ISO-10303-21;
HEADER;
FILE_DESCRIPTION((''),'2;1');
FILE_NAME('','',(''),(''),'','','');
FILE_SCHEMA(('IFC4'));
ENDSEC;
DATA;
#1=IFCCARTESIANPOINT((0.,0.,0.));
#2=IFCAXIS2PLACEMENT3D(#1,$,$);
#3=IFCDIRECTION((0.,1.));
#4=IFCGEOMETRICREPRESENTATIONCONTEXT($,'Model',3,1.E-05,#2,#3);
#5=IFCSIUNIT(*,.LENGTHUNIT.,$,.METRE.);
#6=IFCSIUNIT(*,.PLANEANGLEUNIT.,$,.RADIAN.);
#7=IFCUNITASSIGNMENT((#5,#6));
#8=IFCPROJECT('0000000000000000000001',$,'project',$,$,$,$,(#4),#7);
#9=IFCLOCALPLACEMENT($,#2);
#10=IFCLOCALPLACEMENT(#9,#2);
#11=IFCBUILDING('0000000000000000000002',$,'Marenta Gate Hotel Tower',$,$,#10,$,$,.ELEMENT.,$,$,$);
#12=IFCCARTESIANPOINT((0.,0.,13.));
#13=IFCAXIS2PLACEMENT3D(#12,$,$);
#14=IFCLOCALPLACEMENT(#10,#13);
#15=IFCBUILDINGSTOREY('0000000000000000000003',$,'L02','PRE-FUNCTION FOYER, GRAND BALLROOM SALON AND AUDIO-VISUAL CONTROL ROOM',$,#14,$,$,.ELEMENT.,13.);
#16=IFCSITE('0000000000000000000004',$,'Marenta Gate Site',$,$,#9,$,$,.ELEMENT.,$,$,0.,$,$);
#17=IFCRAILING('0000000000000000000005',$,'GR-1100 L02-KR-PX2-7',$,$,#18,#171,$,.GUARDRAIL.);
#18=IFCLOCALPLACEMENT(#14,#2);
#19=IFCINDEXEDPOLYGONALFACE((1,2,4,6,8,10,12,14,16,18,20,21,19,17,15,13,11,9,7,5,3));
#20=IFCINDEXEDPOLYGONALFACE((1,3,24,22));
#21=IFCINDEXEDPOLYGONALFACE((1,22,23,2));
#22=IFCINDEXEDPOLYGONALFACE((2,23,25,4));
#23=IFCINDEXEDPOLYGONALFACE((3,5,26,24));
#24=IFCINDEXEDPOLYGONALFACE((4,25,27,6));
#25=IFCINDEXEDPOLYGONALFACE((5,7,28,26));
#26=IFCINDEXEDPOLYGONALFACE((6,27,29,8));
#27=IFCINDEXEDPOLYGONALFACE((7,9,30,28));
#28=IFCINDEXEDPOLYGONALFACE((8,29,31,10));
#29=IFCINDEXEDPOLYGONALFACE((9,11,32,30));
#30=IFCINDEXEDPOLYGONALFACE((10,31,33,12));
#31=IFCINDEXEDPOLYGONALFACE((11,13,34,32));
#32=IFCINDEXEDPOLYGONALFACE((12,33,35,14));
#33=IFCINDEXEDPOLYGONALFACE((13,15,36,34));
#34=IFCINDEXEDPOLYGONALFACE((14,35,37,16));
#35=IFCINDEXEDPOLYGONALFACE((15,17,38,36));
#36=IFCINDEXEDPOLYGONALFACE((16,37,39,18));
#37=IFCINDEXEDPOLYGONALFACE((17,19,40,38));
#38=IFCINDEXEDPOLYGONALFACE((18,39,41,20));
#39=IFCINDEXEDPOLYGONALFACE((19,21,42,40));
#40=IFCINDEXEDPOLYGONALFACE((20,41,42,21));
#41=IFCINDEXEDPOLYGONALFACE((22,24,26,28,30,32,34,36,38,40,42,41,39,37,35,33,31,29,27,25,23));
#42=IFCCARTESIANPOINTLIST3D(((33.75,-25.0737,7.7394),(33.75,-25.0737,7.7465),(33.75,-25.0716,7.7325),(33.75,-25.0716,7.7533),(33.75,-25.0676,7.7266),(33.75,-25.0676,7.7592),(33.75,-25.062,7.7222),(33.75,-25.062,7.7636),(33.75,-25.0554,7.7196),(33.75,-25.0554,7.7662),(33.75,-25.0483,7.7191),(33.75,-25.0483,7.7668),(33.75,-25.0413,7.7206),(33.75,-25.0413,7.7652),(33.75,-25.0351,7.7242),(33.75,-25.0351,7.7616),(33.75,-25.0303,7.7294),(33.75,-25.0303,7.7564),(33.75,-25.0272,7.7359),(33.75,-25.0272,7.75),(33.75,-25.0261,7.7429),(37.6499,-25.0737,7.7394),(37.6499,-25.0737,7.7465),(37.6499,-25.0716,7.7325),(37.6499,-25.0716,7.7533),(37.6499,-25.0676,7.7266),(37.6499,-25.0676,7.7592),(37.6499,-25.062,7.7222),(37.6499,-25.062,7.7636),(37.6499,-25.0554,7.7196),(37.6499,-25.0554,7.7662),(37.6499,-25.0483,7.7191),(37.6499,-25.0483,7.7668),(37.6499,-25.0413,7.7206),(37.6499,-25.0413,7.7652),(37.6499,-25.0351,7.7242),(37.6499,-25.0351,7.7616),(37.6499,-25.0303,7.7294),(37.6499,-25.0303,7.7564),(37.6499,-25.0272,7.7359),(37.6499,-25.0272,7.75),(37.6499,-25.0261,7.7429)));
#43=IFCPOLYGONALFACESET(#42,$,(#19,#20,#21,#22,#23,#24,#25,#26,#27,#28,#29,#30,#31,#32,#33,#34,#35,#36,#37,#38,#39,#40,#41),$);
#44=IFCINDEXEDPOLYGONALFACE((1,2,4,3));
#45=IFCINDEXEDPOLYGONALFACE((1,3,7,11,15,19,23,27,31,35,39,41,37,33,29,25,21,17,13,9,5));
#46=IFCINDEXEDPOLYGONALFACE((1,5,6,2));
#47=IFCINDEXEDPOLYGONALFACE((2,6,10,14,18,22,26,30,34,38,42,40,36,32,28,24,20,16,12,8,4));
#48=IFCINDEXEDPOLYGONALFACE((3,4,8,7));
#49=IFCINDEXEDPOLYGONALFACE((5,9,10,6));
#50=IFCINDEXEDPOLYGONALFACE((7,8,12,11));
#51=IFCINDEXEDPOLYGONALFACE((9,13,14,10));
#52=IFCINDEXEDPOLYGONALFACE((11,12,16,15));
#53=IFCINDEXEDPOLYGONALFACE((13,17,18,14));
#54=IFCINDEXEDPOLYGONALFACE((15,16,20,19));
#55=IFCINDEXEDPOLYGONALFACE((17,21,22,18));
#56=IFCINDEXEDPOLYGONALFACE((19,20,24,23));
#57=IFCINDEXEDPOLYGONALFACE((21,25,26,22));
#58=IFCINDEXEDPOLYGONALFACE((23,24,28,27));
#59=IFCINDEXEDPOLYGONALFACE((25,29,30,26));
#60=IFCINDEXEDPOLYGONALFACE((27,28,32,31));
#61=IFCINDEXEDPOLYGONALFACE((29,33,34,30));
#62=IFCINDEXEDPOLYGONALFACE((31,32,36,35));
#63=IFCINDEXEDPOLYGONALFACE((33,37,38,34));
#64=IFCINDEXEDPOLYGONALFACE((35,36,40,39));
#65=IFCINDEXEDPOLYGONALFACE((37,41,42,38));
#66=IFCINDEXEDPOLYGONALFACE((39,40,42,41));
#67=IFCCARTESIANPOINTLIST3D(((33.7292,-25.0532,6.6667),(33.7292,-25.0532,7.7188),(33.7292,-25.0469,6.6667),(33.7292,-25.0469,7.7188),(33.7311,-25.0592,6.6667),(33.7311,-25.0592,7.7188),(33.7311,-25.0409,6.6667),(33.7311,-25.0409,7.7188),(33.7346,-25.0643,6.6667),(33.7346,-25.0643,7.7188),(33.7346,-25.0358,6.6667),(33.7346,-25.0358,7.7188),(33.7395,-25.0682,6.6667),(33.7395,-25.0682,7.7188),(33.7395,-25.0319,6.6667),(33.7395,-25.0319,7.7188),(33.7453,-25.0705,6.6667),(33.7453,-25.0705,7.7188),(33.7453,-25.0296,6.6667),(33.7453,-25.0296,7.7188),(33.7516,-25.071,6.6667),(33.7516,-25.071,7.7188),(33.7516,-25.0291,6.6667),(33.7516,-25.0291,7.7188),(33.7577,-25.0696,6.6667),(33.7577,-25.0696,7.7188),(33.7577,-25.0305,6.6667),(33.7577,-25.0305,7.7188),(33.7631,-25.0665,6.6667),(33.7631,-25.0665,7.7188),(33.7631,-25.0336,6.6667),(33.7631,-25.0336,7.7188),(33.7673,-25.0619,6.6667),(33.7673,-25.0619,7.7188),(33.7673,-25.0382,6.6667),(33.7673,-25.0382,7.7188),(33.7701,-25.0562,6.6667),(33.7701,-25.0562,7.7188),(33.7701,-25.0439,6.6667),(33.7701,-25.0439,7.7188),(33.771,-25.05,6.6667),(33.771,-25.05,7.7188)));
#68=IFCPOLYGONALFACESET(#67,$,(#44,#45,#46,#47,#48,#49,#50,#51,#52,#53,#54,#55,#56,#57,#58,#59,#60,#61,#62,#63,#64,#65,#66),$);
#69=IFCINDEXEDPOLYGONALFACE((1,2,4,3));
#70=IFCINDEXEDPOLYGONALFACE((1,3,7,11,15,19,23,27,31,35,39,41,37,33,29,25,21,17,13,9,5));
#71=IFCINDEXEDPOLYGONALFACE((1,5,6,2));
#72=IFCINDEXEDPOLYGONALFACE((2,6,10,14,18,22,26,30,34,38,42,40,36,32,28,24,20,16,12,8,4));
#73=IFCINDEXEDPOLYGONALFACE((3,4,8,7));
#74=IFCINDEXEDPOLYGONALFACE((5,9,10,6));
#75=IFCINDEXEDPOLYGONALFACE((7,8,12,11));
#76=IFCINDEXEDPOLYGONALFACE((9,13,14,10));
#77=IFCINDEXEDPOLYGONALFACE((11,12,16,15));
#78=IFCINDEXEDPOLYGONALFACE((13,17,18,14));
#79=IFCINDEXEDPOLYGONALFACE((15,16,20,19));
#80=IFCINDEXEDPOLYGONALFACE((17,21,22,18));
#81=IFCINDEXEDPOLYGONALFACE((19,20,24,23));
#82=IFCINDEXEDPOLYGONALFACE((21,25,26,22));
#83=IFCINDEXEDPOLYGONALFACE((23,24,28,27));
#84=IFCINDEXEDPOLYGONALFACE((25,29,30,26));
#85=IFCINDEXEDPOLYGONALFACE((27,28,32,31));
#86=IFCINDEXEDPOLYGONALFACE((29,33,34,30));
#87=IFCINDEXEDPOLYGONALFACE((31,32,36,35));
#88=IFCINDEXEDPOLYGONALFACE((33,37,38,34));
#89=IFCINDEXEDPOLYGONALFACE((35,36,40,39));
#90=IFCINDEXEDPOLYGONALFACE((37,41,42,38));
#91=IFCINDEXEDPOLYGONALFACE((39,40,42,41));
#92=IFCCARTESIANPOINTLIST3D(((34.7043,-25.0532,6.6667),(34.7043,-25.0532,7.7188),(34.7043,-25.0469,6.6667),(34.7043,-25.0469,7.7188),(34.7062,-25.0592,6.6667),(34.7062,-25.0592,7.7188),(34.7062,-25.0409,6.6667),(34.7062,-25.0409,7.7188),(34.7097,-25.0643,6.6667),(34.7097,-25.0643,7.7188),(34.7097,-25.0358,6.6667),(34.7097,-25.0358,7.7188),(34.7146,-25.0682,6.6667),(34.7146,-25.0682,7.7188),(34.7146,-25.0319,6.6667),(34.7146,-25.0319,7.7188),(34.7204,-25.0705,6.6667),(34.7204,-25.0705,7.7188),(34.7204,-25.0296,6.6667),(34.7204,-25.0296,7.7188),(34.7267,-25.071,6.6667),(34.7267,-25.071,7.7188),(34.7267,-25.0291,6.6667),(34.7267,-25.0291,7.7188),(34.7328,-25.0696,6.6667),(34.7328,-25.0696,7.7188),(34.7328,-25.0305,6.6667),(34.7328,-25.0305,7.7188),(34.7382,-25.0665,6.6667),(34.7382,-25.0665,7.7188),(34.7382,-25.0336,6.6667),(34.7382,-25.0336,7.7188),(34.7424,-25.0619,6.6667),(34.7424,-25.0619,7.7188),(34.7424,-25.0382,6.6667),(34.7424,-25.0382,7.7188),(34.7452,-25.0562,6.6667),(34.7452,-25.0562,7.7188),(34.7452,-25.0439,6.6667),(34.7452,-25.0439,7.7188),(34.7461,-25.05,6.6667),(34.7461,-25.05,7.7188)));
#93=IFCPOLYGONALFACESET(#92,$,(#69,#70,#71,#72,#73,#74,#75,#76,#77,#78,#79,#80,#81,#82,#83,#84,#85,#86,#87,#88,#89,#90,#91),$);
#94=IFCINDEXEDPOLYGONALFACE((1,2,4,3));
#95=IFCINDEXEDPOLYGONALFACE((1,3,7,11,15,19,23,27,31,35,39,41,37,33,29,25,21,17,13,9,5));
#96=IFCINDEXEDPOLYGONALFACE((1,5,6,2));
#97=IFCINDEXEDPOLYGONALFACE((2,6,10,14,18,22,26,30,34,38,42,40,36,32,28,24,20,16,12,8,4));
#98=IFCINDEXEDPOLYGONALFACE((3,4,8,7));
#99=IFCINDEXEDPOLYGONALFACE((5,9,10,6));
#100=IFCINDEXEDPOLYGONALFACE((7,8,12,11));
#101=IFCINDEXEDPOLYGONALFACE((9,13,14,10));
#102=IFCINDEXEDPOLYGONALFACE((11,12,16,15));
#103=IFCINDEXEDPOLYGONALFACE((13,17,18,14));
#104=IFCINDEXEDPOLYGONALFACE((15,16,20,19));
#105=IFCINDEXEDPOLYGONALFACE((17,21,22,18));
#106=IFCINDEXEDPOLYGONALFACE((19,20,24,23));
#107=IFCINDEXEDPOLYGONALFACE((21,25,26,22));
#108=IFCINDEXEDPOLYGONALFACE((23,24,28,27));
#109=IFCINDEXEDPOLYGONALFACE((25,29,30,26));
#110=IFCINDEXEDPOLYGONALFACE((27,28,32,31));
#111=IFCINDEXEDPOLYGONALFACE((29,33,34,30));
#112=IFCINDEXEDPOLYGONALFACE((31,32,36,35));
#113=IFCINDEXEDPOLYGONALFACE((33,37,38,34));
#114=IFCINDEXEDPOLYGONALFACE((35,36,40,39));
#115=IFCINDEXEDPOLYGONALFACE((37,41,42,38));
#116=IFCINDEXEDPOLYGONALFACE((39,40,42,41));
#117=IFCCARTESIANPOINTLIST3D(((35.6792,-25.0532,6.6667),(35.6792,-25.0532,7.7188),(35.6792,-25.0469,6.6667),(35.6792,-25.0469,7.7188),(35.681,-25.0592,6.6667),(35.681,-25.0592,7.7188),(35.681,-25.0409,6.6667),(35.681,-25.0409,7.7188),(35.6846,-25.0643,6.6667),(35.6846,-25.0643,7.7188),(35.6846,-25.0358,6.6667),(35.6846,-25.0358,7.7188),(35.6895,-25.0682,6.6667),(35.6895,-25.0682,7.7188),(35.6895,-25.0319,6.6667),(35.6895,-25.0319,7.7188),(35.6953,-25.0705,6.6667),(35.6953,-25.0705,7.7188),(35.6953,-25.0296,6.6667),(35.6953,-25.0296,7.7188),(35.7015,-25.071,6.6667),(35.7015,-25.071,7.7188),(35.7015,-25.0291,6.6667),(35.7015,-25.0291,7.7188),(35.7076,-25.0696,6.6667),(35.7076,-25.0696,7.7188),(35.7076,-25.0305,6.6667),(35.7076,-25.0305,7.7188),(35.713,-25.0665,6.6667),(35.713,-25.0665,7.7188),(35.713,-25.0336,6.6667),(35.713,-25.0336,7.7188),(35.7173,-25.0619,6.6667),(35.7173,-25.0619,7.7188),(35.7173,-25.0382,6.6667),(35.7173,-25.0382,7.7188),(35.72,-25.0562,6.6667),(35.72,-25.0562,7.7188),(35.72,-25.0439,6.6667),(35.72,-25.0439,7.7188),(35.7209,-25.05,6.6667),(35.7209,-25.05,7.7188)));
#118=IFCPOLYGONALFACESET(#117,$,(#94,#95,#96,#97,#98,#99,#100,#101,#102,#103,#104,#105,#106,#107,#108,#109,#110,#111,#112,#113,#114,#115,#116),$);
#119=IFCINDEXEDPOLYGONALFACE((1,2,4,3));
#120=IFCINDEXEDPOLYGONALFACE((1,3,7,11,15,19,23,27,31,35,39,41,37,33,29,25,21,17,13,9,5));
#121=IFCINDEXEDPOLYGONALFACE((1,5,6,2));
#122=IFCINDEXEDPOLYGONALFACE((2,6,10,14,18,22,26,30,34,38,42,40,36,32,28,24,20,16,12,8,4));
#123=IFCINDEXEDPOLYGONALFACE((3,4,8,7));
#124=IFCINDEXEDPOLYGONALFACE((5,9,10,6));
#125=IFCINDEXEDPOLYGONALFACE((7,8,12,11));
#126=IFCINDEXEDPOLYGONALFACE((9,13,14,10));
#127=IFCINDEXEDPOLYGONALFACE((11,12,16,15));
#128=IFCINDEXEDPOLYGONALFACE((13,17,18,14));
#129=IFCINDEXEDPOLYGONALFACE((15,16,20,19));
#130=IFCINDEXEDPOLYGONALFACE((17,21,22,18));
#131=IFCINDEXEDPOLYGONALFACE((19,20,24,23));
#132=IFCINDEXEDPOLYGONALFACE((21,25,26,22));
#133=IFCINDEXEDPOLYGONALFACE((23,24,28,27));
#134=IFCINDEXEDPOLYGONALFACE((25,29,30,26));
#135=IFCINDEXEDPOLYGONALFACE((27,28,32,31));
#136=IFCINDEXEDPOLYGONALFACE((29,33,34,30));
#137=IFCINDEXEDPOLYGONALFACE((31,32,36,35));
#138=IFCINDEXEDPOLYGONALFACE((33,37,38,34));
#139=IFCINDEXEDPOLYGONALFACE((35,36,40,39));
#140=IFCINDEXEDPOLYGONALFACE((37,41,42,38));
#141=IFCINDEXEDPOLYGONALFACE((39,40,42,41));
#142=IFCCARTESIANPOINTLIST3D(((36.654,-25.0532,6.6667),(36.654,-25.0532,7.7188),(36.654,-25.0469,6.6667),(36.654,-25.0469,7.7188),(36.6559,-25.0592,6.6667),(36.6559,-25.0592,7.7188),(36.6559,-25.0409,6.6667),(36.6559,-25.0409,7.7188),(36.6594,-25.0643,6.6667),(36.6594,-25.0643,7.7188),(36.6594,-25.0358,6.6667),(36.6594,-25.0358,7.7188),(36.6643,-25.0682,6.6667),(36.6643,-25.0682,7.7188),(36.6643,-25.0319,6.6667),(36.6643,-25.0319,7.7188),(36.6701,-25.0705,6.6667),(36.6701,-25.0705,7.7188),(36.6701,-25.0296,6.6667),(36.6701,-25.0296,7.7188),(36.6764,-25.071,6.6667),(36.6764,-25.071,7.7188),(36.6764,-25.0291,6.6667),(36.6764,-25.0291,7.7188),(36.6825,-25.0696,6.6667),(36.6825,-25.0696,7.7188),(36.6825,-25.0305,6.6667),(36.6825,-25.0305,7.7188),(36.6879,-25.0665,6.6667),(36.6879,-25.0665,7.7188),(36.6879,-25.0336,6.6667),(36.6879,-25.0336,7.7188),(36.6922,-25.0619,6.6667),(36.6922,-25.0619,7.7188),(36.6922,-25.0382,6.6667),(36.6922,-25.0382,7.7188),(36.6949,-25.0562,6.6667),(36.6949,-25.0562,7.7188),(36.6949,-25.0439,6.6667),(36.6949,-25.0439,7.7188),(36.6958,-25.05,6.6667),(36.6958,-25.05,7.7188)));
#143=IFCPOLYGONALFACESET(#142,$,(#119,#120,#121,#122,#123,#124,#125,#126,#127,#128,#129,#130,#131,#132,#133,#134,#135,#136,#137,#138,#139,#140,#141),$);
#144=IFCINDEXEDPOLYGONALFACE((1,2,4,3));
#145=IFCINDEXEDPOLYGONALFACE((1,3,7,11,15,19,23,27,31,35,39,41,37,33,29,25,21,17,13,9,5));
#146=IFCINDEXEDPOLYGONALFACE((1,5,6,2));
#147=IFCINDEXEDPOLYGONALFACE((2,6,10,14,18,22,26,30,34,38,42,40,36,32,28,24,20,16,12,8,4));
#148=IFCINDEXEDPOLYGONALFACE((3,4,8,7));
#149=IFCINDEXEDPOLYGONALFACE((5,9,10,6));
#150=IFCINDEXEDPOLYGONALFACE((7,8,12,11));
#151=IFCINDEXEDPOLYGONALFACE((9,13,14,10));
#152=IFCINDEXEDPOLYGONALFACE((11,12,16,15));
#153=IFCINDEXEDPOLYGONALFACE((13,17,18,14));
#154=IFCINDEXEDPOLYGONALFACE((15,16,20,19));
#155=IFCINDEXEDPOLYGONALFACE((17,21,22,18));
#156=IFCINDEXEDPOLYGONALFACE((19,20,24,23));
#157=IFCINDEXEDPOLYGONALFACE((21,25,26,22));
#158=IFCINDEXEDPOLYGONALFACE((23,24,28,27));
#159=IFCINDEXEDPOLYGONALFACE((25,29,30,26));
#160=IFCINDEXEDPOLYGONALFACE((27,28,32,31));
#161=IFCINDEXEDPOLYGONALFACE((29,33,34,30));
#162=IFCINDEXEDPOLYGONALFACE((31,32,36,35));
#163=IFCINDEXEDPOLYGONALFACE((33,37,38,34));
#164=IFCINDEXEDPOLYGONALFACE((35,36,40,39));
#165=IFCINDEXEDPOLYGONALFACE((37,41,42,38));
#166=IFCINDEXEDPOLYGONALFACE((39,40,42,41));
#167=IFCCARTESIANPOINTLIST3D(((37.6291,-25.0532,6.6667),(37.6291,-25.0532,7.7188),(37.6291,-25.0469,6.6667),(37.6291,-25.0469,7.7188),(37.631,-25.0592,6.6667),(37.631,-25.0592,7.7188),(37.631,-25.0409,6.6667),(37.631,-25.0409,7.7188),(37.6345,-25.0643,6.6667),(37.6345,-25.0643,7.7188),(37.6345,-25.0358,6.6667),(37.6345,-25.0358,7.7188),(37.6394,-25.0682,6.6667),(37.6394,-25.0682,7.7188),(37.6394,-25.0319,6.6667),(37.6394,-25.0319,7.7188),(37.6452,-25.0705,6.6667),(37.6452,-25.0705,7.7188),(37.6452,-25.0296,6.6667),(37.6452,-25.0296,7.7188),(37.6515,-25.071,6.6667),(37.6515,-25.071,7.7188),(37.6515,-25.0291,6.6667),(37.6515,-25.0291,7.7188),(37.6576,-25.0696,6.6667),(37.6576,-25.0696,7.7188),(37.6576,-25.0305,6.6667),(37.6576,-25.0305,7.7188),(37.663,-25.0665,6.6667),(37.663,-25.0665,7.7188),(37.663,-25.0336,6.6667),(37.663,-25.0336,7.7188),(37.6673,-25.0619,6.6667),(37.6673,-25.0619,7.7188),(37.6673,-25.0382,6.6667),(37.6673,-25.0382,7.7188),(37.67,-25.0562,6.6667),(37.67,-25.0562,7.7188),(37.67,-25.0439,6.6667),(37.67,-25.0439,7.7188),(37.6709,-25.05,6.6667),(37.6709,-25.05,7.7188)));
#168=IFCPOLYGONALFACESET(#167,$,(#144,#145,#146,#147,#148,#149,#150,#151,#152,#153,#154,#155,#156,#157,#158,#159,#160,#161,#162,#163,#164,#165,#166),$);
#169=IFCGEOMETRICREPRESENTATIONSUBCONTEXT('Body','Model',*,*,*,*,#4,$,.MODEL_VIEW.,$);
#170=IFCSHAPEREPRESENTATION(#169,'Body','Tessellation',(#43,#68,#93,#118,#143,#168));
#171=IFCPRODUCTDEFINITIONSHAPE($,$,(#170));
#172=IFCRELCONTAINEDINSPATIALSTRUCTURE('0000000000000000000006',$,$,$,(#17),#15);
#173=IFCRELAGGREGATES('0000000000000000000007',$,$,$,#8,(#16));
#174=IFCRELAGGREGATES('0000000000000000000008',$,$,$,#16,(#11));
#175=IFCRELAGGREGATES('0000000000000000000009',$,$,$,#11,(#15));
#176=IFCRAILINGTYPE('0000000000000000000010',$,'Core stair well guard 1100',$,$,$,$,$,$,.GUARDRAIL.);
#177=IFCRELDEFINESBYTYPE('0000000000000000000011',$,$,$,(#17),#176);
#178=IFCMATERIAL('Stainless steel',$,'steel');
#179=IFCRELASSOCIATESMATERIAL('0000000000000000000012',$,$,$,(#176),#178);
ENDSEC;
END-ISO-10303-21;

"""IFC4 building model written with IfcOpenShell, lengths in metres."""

from ifc_helpers import new_model, si_unit, direction, frame, origin, origin_2d, place, context, subcontext, project, spatial, circle, extrude, material, type_object, element, save


model = new_model("IFC4")

# Units and contexts
model_context = context("Model", 3, precision=1e-05, world=origin(), true_north=direction((0.0, 1.0)))
body_context = subcontext(model_context, "Body", "Model", "MODEL_VIEW")
ifc_project = project(units=[si_unit("LENGTHUNIT", "METRE"), si_unit("PLANEANGLEUNIT", "RADIAN")], contexts=[model_context])

# Site, building, storey
site_placement = place(None, origin())
site = spatial("IfcSite", under=ifc_project, at=site_placement, Name="Marenta Gate Site", CompositionType="ELEMENT", RefElevation=0.0)
building_placement = place(site_placement, origin())
building = spatial("IfcBuilding", under=site, at=building_placement, Name="Marenta Gate Hotel Tower", CompositionType="ELEMENT")
storey_placement = place(building_placement, frame((0.0, 0.0, 13.0)))
storey = spatial("IfcBuildingStorey", under=building, at=storey_placement, Name="L02", Description="PRE-FUNCTION FOYER, GRAND BALLROOM SALON AND AUDIO-VISUAL CONTROL ROOM", CompositionType="ELEMENT", Elevation=13.0)

# Railing
ifc_material_1 = material(Name="Stainless steel", Category="steel")
railing_type_1 = type_object("IfcRailingType", Name="Core stair well guard 1100", PredefinedType="GUARDRAIL", material=ifc_material_1)
railing_1_placement = place(storey_placement, frame((33.75, -25.05, 6.6667)))
element("IfcRailing", 1, at=railing_1_placement, inside=storey, type_object=railing_type_1, Name="GR-1100 L02-KR-PX2-7", PredefinedType="GUARDRAIL", context=body_context, shape_type="SweptSolid", body=[
    extrude(circle(Radius=0.0239, at=origin_2d()), frame((0.0, 0.0, 1.0762), z_axis=(1.0, 0.0, 0.0), x_axis=(0.0, 1.0, 0.0)), (0.0, 0.0, 1.0), 3.8999),
    extrude(circle(Radius=0.021, at=origin_2d()), origin(), (0.0, 0.0, 1.0), 1.052),
    extrude(circle(Radius=0.021, at=origin_2d()), frame((0.9751, 0.0, 0.0)), (0.0, 0.0, 1.0), 1.052),
    extrude(circle(Radius=0.021, at=origin_2d()), frame((1.95, 0.0, 0.0)), (0.0, 0.0, 1.0), 1.052),
    extrude(circle(Radius=0.021, at=origin_2d()), frame((2.9248, 0.0, 0.0)), (0.0, 0.0, 1.0), 1.052),
    extrude(circle(Radius=0.021, at=origin_2d()), frame((3.8999, 0.0, 0.0)), (0.0, 0.0, 1.0), 1.052),
])

save(model, "model.ifc")
